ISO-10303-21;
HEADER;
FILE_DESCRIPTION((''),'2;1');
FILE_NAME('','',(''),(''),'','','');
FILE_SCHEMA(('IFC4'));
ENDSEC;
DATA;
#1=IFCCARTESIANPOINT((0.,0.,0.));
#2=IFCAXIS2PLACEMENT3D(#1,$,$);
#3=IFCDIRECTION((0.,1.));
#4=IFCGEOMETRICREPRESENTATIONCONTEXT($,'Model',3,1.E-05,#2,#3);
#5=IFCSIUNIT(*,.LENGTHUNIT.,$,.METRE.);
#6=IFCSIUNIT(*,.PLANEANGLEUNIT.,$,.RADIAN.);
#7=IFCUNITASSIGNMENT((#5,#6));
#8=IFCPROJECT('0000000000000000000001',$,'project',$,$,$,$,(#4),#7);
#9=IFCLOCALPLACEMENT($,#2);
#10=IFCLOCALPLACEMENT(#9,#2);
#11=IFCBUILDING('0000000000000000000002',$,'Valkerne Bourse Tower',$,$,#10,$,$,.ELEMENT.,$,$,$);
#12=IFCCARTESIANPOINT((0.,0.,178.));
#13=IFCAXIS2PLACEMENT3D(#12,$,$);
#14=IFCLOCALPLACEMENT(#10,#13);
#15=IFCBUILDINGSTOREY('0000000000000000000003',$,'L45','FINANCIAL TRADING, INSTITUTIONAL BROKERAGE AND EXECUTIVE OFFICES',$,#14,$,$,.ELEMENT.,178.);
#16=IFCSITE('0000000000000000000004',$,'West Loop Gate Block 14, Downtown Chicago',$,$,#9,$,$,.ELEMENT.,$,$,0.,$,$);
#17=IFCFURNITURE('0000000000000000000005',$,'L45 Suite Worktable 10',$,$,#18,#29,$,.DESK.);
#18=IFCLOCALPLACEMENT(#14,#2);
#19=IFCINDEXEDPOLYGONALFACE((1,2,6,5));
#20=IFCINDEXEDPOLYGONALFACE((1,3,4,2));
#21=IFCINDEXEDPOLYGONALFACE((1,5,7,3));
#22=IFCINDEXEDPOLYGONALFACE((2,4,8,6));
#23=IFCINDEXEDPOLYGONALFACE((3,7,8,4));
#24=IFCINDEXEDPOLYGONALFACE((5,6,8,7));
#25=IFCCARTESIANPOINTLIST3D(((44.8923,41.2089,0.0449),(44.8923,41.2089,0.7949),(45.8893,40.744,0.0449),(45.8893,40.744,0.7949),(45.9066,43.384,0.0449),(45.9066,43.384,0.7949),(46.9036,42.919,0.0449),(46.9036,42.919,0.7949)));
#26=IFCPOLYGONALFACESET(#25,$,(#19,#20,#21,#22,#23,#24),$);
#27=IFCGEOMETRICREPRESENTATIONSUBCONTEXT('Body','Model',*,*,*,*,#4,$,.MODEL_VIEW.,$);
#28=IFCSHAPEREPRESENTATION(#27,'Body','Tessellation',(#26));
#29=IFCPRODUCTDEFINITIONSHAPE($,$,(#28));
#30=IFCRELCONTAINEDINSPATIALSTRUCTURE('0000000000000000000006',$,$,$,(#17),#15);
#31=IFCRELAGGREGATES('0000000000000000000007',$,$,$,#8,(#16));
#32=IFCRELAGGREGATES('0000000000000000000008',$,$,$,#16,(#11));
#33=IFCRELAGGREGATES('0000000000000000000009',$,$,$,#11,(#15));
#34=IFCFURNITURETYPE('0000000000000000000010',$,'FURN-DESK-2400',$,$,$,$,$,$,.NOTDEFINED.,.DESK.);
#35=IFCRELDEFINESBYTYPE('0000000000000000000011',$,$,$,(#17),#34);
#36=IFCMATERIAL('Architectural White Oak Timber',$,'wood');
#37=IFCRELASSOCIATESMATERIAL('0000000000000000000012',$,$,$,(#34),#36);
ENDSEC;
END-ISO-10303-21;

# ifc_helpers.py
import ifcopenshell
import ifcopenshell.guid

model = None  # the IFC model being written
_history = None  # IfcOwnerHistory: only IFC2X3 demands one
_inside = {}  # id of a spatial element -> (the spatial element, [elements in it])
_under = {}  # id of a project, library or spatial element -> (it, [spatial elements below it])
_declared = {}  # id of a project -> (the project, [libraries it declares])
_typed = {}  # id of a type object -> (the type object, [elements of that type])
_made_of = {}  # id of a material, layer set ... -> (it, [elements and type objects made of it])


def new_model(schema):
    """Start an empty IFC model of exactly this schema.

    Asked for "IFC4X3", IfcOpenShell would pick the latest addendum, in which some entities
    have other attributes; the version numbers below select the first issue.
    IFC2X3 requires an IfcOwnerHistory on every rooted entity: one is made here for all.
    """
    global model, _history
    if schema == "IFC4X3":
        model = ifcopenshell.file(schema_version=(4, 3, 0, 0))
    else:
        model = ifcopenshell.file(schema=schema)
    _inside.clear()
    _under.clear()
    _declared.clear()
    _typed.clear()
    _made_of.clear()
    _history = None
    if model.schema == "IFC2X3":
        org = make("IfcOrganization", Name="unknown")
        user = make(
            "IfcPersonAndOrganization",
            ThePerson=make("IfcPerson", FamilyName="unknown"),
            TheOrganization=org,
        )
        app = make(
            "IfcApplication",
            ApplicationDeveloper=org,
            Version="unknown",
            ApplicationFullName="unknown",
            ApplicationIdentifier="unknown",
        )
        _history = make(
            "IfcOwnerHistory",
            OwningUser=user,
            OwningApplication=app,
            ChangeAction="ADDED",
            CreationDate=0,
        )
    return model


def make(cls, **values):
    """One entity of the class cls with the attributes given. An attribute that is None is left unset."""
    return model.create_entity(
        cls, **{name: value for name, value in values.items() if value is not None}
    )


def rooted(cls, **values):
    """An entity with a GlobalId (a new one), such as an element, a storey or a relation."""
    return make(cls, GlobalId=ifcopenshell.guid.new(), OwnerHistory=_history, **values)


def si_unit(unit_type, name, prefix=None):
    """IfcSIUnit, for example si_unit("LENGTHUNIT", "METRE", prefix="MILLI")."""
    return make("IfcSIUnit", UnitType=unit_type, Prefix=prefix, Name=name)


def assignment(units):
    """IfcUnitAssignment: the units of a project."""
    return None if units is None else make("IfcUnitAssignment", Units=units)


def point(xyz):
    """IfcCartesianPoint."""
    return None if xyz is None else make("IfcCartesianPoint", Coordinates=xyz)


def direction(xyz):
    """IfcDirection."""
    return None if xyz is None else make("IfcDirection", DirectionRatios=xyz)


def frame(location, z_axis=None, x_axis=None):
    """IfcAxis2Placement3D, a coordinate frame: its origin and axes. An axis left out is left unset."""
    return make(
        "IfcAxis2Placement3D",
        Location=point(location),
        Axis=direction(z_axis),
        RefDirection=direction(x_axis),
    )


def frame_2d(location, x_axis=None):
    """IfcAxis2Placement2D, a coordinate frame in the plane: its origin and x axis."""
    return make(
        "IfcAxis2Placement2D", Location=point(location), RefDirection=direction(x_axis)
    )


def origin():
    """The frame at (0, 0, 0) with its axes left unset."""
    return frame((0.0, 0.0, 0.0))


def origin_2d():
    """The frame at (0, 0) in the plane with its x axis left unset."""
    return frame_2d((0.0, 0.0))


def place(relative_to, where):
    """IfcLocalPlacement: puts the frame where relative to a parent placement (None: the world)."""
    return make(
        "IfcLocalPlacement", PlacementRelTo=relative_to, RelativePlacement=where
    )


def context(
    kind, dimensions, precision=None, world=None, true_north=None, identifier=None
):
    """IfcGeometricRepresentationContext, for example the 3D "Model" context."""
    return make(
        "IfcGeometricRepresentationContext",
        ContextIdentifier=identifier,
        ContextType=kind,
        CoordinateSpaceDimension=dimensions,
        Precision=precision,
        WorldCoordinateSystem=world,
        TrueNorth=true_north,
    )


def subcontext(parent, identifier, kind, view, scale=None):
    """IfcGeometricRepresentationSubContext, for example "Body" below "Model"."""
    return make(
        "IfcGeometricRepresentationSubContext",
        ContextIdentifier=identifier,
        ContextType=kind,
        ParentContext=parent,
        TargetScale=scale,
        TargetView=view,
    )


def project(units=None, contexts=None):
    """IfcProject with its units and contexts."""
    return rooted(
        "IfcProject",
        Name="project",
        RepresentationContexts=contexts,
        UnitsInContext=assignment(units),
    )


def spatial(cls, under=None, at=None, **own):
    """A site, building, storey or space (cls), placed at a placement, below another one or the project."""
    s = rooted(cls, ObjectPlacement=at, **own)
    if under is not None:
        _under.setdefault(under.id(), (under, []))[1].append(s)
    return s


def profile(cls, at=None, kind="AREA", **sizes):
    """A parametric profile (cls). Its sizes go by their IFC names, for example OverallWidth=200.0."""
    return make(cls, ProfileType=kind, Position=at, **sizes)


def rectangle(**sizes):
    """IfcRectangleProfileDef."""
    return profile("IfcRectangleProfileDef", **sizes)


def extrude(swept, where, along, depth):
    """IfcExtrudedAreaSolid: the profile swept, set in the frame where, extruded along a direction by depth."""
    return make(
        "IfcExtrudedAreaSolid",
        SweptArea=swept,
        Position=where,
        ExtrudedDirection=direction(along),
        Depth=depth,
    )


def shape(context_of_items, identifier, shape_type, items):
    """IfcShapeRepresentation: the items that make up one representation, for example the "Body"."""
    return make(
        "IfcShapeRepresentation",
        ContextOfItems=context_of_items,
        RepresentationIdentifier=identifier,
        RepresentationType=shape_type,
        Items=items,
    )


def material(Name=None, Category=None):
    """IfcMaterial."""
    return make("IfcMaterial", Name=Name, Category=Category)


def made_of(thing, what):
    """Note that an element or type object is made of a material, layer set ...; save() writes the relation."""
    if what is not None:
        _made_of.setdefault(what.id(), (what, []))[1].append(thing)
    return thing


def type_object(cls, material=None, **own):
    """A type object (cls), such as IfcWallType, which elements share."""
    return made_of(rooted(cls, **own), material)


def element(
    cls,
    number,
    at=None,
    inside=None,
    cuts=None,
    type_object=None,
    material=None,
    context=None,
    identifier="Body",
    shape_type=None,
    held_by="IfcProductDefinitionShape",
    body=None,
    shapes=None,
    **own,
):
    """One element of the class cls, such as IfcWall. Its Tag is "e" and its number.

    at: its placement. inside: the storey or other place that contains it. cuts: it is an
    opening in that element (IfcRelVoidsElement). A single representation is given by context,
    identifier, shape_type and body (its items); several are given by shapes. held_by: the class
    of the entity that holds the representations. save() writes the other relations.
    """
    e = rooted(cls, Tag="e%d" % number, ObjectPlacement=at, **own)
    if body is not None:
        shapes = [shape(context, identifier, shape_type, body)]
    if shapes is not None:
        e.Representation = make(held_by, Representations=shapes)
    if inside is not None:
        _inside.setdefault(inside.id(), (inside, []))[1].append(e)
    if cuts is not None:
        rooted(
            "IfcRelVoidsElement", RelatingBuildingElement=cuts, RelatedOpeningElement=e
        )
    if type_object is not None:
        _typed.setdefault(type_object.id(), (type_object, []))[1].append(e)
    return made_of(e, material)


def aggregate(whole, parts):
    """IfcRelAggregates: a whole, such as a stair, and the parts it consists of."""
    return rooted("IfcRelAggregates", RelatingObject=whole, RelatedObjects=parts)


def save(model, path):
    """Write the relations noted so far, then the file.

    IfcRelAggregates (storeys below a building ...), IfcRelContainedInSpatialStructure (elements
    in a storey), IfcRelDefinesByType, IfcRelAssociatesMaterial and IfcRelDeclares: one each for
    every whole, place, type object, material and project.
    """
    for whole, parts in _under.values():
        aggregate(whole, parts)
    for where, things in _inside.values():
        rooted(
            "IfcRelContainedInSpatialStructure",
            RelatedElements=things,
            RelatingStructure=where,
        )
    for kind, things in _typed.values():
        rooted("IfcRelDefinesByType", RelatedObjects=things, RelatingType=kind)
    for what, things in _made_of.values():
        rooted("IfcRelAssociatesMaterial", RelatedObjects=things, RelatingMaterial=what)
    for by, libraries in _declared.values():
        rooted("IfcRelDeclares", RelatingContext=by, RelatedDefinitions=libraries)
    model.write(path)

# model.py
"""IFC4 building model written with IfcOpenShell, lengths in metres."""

from ifc_helpers import new_model, si_unit, direction, frame, origin, origin_2d, place, context, subcontext, project, spatial, rectangle, extrude, material, type_object, element, save


model = new_model("IFC4")

# Units and contexts
model_context = context("Model", 3, precision=1e-05, world=origin(), true_north=direction((0.0, 1.0)))
body_context = subcontext(model_context, "Body", "Model", "MODEL_VIEW")
ifc_project = project(units=[si_unit("LENGTHUNIT", "METRE"), si_unit("PLANEANGLEUNIT", "RADIAN")], contexts=[model_context])

# Site, building, storey
site_placement = place(None, origin())
site = spatial("IfcSite", under=ifc_project, at=site_placement, Name="West Loop Gate Block 14, Downtown Chicago", CompositionType="ELEMENT", RefElevation=0.0)
building_placement = place(site_placement, origin())
building = spatial("IfcBuilding", under=site, at=building_placement, Name="Valkerne Bourse Tower", CompositionType="ELEMENT")
storey_placement = place(building_placement, frame((0.0, 0.0, 178.0)))
storey = spatial("IfcBuildingStorey", under=building, at=storey_placement, Name="L45", Description="FINANCIAL TRADING, INSTITUTIONAL BROKERAGE AND EXECUTIVE OFFICES", CompositionType="ELEMENT", Elevation=178.0)

# Furniture
ifc_material_1 = material(Name="Architectural White Oak Timber", Category="wood")
furniture_type = type_object("IfcFurnitureType", Name="FURN-DESK-2400", AssemblyPlace="NOTDEFINED", PredefinedType="DESK", material=ifc_material_1)
furniture_placement = place(storey_placement, frame((45.8979, 42.064, 0.0449), z_axis=(0.0, 0.0, 1.0), x_axis=(0.422618, 0.906308, 0.0)))
element("IfcFurniture", 1, at=furniture_placement, inside=storey, type_object=furniture_type, Name="L45 Suite Worktable 10", PredefinedType="DESK", context=body_context, shape_type="SweptSolid", body=[
    extrude(rectangle(XDim=2.3999, YDim=1.1001, at=origin_2d()), origin(), (0.0, 0.0, 1.0), 0.75),
])

save(model, "model.ifc")
